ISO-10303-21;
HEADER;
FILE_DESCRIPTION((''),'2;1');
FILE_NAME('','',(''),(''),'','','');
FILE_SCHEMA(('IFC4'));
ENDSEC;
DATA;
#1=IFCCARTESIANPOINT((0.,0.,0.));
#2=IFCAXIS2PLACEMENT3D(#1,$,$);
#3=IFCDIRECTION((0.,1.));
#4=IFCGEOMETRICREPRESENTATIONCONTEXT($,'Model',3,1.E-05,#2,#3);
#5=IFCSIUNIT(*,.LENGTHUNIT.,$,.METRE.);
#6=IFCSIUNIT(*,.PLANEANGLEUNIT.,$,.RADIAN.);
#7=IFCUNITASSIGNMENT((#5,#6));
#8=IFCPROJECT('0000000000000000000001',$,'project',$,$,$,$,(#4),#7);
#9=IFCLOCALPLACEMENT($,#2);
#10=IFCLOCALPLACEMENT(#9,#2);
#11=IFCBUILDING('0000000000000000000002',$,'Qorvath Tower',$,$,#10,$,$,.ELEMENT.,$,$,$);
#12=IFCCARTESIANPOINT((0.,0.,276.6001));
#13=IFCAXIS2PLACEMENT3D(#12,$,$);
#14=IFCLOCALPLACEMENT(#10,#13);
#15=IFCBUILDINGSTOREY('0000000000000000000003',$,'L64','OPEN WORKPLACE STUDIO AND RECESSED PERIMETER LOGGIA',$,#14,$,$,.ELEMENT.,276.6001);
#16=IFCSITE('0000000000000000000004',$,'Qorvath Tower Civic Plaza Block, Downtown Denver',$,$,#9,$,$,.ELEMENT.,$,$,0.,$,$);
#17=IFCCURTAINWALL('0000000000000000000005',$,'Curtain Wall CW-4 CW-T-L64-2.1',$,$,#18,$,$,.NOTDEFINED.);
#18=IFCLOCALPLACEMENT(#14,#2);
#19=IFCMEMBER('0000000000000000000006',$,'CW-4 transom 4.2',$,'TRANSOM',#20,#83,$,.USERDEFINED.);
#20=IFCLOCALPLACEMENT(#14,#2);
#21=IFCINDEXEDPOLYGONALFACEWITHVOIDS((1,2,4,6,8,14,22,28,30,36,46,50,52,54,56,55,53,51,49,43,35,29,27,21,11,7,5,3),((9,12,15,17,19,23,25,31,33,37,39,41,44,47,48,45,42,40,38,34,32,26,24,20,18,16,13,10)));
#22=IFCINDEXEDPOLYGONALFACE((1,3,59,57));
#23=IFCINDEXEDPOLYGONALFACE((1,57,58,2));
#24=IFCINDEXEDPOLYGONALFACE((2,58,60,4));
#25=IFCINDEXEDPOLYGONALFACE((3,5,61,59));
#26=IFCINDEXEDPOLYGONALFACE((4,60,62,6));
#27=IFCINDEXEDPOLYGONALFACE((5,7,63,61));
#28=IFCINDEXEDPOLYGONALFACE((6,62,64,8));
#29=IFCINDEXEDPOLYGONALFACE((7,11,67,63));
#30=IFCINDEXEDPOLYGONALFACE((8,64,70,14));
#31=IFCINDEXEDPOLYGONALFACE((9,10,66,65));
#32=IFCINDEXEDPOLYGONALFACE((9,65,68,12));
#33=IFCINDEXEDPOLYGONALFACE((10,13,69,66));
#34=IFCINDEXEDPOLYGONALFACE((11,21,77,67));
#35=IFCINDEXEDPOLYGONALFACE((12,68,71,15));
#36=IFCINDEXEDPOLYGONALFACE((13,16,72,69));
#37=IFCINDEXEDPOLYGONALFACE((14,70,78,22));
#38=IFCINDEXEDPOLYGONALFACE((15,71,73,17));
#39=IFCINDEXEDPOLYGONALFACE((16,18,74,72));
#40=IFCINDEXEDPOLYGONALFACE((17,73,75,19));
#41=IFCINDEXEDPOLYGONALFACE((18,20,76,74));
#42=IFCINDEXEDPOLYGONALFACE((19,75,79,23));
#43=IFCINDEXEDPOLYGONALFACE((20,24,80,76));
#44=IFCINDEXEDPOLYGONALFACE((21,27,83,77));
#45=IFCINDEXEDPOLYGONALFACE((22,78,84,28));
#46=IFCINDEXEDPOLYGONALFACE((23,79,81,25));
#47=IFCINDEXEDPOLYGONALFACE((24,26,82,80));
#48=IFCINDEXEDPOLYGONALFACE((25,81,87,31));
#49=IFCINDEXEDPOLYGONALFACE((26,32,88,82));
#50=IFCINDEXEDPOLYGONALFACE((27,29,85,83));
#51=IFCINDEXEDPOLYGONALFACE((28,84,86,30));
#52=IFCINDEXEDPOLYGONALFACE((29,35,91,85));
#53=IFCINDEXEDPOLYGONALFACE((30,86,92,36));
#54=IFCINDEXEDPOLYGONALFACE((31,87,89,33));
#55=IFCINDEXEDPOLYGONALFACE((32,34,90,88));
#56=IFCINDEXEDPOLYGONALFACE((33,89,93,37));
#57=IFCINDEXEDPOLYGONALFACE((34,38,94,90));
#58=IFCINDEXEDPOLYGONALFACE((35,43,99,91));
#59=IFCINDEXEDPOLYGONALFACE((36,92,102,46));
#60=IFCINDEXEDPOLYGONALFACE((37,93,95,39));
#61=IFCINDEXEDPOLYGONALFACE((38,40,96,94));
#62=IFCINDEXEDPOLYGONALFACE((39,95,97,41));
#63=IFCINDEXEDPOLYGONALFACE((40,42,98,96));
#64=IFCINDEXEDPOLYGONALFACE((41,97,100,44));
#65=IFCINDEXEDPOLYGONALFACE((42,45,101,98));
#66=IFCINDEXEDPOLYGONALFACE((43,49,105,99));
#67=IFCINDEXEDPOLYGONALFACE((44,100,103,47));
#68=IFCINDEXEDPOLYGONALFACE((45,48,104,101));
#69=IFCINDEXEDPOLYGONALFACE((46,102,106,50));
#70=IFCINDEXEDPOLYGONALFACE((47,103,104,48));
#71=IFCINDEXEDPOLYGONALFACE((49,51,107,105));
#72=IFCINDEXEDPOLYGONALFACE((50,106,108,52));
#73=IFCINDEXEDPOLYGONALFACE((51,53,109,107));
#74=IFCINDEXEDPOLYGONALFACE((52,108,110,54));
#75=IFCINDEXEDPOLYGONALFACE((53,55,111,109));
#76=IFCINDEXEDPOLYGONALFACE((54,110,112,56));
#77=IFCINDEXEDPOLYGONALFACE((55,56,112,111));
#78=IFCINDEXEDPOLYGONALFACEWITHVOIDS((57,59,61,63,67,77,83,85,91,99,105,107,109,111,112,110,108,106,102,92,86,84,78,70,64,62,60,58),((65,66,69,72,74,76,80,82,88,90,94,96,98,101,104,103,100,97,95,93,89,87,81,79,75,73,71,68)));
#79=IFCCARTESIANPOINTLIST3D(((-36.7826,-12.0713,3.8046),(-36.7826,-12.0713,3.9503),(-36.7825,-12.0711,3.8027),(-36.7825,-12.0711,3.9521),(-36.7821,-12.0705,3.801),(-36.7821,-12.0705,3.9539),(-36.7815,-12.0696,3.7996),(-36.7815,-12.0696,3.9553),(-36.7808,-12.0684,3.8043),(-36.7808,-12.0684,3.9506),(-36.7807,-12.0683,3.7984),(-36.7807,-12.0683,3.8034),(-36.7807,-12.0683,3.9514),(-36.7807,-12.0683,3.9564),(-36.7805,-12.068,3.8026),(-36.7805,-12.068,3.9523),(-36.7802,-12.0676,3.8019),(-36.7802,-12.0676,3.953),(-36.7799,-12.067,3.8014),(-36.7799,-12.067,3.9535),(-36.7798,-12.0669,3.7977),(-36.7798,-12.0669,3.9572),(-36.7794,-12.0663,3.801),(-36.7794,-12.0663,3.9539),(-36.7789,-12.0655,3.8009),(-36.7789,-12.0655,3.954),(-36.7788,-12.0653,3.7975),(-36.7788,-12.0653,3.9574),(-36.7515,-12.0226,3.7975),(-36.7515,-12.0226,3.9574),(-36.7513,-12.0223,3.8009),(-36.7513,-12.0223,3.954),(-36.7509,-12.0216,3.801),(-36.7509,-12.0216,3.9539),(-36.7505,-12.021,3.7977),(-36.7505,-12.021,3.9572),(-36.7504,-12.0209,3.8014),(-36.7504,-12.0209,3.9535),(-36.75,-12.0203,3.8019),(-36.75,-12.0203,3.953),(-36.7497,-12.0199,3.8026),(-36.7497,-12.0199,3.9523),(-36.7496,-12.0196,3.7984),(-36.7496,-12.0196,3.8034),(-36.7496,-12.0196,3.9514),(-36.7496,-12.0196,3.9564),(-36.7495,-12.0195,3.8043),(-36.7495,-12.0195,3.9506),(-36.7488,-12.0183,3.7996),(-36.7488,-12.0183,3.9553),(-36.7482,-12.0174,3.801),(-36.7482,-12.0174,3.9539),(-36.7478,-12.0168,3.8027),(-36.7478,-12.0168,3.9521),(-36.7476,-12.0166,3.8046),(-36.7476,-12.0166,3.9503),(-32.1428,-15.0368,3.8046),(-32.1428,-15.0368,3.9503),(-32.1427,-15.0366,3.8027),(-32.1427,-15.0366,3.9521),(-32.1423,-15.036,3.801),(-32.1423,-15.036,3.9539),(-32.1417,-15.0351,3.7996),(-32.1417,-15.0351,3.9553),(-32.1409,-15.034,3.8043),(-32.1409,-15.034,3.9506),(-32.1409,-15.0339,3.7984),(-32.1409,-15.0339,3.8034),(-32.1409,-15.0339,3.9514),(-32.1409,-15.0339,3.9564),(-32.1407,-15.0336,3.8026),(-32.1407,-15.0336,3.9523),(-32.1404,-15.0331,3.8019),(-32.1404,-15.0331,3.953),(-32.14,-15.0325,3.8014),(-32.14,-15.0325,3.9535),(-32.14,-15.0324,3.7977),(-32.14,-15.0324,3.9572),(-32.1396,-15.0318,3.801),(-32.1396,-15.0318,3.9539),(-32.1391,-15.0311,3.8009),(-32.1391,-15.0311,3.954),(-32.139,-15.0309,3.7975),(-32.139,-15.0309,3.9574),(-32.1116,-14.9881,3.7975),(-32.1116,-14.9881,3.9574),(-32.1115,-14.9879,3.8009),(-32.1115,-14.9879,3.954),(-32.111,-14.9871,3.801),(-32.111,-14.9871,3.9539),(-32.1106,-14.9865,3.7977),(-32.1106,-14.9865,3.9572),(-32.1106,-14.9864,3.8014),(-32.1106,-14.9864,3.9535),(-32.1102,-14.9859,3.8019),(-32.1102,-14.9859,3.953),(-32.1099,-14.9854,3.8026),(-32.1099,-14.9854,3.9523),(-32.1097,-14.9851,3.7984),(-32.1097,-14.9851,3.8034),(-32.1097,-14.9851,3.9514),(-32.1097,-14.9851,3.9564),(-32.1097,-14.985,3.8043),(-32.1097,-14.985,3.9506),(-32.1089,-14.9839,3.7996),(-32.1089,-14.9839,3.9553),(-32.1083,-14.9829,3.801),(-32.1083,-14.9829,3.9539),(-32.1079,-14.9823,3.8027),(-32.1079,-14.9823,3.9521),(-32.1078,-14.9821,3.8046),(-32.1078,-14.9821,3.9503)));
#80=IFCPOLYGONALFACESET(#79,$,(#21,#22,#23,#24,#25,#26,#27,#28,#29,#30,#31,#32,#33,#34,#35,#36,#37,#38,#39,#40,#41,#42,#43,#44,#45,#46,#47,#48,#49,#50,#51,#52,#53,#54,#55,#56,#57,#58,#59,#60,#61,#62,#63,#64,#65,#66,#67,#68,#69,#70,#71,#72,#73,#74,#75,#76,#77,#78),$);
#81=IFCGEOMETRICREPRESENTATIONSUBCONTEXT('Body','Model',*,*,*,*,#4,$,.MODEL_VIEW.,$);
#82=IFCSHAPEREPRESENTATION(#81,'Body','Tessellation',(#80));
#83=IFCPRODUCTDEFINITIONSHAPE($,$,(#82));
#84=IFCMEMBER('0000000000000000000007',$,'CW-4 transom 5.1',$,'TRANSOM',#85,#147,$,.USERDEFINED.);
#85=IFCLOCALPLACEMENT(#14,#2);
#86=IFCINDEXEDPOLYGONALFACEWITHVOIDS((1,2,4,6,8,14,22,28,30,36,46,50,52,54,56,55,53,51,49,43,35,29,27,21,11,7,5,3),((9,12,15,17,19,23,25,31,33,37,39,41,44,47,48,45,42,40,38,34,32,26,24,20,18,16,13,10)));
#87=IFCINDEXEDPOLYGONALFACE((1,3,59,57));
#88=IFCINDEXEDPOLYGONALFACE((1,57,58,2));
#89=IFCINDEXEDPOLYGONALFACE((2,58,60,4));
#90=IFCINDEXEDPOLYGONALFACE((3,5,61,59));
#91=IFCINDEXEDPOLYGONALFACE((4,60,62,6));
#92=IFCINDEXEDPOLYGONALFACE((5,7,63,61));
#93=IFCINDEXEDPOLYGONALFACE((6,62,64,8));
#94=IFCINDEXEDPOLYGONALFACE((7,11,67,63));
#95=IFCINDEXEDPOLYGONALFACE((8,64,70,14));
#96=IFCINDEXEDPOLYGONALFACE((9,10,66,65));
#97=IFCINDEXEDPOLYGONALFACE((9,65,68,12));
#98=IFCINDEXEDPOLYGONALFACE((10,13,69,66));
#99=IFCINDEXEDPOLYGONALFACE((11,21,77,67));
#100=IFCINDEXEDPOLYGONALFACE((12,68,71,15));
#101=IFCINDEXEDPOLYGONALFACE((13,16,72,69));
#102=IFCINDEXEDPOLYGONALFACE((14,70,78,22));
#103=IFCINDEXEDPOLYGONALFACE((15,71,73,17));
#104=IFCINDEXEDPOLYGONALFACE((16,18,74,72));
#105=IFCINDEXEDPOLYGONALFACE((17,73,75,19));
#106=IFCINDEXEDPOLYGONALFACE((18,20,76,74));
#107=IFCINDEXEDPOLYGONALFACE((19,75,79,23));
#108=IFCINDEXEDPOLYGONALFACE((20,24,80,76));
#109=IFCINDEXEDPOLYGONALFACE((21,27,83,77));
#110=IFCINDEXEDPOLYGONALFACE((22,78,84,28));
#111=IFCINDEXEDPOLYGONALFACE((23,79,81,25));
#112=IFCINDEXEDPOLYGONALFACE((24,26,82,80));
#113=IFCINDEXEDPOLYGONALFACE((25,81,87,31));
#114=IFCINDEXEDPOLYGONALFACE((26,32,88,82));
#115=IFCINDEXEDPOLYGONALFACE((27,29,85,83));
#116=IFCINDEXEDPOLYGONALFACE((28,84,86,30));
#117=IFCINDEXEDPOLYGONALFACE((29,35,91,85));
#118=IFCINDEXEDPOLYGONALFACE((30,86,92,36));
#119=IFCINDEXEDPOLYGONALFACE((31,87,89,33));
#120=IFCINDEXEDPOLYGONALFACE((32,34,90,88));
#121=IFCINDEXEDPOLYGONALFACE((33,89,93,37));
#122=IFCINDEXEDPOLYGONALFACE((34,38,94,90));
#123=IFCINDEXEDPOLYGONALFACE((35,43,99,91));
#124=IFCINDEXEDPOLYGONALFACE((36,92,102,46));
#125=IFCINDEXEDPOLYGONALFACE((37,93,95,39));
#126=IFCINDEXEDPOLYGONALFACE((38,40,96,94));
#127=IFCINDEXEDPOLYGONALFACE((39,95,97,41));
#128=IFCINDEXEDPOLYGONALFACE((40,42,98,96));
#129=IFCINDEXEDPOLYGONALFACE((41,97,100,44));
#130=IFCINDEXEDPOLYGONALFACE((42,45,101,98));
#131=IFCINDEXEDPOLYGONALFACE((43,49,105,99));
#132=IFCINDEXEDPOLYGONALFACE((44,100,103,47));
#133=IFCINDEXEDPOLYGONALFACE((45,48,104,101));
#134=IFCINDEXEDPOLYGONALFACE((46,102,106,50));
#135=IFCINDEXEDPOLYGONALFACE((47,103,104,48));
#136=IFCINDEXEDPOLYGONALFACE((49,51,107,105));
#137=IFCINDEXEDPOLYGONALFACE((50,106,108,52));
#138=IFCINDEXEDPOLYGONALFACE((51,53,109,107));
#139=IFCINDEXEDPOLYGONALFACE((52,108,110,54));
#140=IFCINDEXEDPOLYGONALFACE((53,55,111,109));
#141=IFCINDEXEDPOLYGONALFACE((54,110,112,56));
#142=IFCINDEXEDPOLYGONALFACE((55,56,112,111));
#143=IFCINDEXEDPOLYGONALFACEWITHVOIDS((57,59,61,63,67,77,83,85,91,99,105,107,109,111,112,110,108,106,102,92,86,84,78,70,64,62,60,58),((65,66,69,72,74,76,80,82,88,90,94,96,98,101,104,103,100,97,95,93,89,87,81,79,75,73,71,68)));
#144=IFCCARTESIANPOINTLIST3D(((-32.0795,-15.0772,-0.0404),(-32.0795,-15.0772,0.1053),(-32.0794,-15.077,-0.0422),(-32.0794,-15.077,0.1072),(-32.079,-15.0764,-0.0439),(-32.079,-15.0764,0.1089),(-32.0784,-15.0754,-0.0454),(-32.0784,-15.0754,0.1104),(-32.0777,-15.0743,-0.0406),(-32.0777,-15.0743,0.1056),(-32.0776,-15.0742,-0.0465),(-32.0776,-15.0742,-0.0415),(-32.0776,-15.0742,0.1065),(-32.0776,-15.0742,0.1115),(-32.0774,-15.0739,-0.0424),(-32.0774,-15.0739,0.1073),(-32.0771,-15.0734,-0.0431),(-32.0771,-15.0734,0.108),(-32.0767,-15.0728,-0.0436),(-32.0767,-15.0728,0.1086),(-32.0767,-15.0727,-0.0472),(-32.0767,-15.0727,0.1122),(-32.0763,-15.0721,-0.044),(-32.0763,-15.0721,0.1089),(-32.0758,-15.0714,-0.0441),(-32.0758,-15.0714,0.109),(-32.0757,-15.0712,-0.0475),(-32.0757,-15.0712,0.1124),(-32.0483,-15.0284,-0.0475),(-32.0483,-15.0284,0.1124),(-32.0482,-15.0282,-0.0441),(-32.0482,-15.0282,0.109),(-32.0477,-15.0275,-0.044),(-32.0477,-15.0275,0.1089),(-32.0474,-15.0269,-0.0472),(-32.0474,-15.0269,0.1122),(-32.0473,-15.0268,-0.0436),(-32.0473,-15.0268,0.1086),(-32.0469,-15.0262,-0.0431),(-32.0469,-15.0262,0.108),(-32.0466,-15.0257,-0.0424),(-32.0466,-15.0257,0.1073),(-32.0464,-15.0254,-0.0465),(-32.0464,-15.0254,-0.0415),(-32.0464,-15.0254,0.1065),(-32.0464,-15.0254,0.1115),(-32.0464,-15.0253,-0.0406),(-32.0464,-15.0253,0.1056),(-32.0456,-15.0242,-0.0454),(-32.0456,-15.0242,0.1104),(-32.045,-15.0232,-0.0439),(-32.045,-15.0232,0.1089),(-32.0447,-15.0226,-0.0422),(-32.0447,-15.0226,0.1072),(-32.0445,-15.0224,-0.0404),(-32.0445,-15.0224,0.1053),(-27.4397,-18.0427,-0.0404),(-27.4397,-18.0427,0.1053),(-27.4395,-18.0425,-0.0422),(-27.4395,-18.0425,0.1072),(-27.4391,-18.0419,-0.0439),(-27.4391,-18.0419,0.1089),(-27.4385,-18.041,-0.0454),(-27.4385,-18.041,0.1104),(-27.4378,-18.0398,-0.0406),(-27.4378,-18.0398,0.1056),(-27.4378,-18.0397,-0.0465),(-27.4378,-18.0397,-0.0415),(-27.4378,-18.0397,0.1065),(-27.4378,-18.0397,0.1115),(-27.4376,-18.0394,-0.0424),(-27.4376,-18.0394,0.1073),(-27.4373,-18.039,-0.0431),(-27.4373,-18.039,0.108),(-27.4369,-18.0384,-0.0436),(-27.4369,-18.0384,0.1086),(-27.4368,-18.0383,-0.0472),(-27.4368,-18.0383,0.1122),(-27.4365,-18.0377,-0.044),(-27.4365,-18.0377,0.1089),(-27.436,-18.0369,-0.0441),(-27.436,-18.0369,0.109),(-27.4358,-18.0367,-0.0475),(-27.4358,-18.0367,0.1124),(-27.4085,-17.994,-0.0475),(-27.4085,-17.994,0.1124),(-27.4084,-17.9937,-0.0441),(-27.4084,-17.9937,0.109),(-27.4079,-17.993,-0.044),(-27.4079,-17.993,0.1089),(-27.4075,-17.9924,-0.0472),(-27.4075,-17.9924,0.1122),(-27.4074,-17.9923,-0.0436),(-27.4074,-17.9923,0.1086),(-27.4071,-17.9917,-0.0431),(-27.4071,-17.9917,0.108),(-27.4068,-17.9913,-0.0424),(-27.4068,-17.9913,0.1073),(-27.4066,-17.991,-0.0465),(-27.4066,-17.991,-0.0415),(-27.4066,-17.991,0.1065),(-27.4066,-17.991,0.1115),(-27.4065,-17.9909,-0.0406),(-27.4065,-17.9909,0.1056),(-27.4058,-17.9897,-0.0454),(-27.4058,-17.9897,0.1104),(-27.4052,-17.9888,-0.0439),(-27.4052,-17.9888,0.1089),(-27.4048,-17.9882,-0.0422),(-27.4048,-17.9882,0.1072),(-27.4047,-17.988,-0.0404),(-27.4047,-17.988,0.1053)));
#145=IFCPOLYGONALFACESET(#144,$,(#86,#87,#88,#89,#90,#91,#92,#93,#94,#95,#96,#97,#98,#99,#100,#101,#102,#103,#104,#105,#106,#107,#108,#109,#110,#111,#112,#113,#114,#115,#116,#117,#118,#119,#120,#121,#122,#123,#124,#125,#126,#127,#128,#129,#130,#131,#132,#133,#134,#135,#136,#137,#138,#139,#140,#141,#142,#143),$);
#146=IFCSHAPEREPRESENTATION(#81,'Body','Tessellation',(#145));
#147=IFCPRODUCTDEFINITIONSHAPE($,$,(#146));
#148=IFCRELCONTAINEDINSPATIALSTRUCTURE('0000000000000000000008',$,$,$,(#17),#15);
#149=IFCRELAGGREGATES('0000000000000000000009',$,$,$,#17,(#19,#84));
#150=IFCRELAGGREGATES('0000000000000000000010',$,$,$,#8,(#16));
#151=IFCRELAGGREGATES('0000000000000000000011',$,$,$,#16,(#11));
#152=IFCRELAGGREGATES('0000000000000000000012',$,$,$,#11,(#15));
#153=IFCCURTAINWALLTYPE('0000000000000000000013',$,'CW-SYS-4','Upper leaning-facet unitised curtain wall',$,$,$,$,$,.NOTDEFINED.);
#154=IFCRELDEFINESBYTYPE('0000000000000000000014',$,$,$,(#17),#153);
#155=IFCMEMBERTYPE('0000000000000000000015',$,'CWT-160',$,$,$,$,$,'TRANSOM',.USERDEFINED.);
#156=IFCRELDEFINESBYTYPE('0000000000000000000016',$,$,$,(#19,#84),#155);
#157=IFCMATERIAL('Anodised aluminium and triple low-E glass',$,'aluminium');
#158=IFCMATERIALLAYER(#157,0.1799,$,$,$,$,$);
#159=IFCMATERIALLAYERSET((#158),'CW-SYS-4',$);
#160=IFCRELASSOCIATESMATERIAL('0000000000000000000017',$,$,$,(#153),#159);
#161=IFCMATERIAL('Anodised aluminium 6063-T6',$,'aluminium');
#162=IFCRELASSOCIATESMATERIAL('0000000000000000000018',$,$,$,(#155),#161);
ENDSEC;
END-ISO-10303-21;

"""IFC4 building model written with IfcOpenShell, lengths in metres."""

from ifc_helpers import new_model, si_unit, direction, frame, origin, origin_2d, place, context, subcontext, project, spatial, hollow_rectangle, extrude, material, layer, layer_set, material_profile, profile_set, type_object, element, aggregate, save


model = new_model("IFC4")

# Units and contexts
model_context = context("Model", 3, precision=1e-05, world=origin(), true_north=direction((0.0, 1.0)))
body_context = subcontext(model_context, "Body", "Model", "MODEL_VIEW")
ifc_project = project(units=[si_unit("LENGTHUNIT", "METRE"), si_unit("PLANEANGLEUNIT", "RADIAN")], contexts=[model_context])

# Site, building, storey
site_placement = place(None, origin())
site = spatial("IfcSite", under=ifc_project, at=site_placement, Name="Qorvath Tower Civic Plaza Block, Downtown Denver", CompositionType="ELEMENT", RefElevation=0.0)
building_placement = place(site_placement, origin())
building = spatial("IfcBuilding", under=site, at=building_placement, Name="Qorvath Tower", CompositionType="ELEMENT")
storey_placement = place(building_placement, frame((0.0, 0.0, 276.6001)))
storey = spatial("IfcBuildingStorey", under=building, at=storey_placement, Name="L64", Description="OPEN WORKPLACE STUDIO AND RECESSED PERIMETER LOGGIA", CompositionType="ELEMENT", Elevation=276.6001)

# Curtain wall, members
ifc_material_1 = material(Name="Anodised aluminium and triple low-E glass", Category="aluminium")
ifc_layer_1 = layer(ifc_material_1, 0.1799)
ifc_layer_set_1 = layer_set([ifc_layer_1], Name="CW-SYS-4")
curtain_wall_type = type_object("IfcCurtainWallType", Name="CW-SYS-4", Description="Upper leaning-facet unitised curtain wall", PredefinedType="NOTDEFINED", material=ifc_layer_set_1)
curtain_wall_placement = place(storey_placement, origin())
curtain_wall = element("IfcCurtainWall", 1, at=curtain_wall_placement, inside=storey, type_object=curtain_wall_type, Name="Curtain Wall CW-4 CW-T-L64-2.1", PredefinedType="NOTDEFINED")
ifc_material_2 = material(Name="Anodised aluminium 6063-T6", Category="aluminium")
ifc_material_profile_1 = material_profile(ifc_material_2, hollow_rectangle(XDim=0.0649, YDim=0.1599, WallThickness=0.0034, InnerFilletRadius=0.0034, OuterFilletRadius=0.0071, at=origin_2d()), Name="CWT 160x65")
ifc_profile_set_1 = profile_set([ifc_material_profile_1], Name="Anodised aluminium 6063-T6")
member_type_1 = type_object("IfcMemberType", Name="CWT-160", ElementType="TRANSOM", PredefinedType="USERDEFINED", material=ifc_profile_set_1)
member_1_placement = place(storey_placement, frame((-36.7651, -12.0439, 3.8774), z_axis=(0.842597, -0.538544, 0.0), x_axis=(0.538544, 0.842597, 0.0)))
member_1 = element("IfcMember", 2, at=member_1_placement, type_object=member_type_1, Name="CW-4 transom 4.2", ObjectType="TRANSOM", PredefinedType="USERDEFINED", context=body_context, shape_type="SweptSolid", body=[
    extrude(hollow_rectangle(XDim=0.0649, YDim=0.1599, WallThickness=0.0034, InnerFilletRadius=0.0034, OuterFilletRadius=0.0071, at=origin_2d()), origin(), (0.0, 0.0, 1.0), 5.5066),
])
member_2_placement = place(storey_placement, frame((-32.062, -15.0498, 0.0325), z_axis=(0.842597, -0.538544, 0.0), x_axis=(0.538544, 0.842597, 0.0)))
member_2 = element("IfcMember", 3, at=member_2_placement, type_object=member_type_1, Name="CW-4 transom 5.1", ObjectType="TRANSOM", PredefinedType="USERDEFINED", context=body_context, shape_type="SweptSolid", body=[
    extrude(hollow_rectangle(XDim=0.0649, YDim=0.1599, WallThickness=0.0034, InnerFilletRadius=0.0034, OuterFilletRadius=0.0071, at=origin_2d()), origin(), (0.0, 0.0, 1.0), 5.5066),
])
aggregate(curtain_wall, [member_1, member_2])

save(model, "model.ifc")
